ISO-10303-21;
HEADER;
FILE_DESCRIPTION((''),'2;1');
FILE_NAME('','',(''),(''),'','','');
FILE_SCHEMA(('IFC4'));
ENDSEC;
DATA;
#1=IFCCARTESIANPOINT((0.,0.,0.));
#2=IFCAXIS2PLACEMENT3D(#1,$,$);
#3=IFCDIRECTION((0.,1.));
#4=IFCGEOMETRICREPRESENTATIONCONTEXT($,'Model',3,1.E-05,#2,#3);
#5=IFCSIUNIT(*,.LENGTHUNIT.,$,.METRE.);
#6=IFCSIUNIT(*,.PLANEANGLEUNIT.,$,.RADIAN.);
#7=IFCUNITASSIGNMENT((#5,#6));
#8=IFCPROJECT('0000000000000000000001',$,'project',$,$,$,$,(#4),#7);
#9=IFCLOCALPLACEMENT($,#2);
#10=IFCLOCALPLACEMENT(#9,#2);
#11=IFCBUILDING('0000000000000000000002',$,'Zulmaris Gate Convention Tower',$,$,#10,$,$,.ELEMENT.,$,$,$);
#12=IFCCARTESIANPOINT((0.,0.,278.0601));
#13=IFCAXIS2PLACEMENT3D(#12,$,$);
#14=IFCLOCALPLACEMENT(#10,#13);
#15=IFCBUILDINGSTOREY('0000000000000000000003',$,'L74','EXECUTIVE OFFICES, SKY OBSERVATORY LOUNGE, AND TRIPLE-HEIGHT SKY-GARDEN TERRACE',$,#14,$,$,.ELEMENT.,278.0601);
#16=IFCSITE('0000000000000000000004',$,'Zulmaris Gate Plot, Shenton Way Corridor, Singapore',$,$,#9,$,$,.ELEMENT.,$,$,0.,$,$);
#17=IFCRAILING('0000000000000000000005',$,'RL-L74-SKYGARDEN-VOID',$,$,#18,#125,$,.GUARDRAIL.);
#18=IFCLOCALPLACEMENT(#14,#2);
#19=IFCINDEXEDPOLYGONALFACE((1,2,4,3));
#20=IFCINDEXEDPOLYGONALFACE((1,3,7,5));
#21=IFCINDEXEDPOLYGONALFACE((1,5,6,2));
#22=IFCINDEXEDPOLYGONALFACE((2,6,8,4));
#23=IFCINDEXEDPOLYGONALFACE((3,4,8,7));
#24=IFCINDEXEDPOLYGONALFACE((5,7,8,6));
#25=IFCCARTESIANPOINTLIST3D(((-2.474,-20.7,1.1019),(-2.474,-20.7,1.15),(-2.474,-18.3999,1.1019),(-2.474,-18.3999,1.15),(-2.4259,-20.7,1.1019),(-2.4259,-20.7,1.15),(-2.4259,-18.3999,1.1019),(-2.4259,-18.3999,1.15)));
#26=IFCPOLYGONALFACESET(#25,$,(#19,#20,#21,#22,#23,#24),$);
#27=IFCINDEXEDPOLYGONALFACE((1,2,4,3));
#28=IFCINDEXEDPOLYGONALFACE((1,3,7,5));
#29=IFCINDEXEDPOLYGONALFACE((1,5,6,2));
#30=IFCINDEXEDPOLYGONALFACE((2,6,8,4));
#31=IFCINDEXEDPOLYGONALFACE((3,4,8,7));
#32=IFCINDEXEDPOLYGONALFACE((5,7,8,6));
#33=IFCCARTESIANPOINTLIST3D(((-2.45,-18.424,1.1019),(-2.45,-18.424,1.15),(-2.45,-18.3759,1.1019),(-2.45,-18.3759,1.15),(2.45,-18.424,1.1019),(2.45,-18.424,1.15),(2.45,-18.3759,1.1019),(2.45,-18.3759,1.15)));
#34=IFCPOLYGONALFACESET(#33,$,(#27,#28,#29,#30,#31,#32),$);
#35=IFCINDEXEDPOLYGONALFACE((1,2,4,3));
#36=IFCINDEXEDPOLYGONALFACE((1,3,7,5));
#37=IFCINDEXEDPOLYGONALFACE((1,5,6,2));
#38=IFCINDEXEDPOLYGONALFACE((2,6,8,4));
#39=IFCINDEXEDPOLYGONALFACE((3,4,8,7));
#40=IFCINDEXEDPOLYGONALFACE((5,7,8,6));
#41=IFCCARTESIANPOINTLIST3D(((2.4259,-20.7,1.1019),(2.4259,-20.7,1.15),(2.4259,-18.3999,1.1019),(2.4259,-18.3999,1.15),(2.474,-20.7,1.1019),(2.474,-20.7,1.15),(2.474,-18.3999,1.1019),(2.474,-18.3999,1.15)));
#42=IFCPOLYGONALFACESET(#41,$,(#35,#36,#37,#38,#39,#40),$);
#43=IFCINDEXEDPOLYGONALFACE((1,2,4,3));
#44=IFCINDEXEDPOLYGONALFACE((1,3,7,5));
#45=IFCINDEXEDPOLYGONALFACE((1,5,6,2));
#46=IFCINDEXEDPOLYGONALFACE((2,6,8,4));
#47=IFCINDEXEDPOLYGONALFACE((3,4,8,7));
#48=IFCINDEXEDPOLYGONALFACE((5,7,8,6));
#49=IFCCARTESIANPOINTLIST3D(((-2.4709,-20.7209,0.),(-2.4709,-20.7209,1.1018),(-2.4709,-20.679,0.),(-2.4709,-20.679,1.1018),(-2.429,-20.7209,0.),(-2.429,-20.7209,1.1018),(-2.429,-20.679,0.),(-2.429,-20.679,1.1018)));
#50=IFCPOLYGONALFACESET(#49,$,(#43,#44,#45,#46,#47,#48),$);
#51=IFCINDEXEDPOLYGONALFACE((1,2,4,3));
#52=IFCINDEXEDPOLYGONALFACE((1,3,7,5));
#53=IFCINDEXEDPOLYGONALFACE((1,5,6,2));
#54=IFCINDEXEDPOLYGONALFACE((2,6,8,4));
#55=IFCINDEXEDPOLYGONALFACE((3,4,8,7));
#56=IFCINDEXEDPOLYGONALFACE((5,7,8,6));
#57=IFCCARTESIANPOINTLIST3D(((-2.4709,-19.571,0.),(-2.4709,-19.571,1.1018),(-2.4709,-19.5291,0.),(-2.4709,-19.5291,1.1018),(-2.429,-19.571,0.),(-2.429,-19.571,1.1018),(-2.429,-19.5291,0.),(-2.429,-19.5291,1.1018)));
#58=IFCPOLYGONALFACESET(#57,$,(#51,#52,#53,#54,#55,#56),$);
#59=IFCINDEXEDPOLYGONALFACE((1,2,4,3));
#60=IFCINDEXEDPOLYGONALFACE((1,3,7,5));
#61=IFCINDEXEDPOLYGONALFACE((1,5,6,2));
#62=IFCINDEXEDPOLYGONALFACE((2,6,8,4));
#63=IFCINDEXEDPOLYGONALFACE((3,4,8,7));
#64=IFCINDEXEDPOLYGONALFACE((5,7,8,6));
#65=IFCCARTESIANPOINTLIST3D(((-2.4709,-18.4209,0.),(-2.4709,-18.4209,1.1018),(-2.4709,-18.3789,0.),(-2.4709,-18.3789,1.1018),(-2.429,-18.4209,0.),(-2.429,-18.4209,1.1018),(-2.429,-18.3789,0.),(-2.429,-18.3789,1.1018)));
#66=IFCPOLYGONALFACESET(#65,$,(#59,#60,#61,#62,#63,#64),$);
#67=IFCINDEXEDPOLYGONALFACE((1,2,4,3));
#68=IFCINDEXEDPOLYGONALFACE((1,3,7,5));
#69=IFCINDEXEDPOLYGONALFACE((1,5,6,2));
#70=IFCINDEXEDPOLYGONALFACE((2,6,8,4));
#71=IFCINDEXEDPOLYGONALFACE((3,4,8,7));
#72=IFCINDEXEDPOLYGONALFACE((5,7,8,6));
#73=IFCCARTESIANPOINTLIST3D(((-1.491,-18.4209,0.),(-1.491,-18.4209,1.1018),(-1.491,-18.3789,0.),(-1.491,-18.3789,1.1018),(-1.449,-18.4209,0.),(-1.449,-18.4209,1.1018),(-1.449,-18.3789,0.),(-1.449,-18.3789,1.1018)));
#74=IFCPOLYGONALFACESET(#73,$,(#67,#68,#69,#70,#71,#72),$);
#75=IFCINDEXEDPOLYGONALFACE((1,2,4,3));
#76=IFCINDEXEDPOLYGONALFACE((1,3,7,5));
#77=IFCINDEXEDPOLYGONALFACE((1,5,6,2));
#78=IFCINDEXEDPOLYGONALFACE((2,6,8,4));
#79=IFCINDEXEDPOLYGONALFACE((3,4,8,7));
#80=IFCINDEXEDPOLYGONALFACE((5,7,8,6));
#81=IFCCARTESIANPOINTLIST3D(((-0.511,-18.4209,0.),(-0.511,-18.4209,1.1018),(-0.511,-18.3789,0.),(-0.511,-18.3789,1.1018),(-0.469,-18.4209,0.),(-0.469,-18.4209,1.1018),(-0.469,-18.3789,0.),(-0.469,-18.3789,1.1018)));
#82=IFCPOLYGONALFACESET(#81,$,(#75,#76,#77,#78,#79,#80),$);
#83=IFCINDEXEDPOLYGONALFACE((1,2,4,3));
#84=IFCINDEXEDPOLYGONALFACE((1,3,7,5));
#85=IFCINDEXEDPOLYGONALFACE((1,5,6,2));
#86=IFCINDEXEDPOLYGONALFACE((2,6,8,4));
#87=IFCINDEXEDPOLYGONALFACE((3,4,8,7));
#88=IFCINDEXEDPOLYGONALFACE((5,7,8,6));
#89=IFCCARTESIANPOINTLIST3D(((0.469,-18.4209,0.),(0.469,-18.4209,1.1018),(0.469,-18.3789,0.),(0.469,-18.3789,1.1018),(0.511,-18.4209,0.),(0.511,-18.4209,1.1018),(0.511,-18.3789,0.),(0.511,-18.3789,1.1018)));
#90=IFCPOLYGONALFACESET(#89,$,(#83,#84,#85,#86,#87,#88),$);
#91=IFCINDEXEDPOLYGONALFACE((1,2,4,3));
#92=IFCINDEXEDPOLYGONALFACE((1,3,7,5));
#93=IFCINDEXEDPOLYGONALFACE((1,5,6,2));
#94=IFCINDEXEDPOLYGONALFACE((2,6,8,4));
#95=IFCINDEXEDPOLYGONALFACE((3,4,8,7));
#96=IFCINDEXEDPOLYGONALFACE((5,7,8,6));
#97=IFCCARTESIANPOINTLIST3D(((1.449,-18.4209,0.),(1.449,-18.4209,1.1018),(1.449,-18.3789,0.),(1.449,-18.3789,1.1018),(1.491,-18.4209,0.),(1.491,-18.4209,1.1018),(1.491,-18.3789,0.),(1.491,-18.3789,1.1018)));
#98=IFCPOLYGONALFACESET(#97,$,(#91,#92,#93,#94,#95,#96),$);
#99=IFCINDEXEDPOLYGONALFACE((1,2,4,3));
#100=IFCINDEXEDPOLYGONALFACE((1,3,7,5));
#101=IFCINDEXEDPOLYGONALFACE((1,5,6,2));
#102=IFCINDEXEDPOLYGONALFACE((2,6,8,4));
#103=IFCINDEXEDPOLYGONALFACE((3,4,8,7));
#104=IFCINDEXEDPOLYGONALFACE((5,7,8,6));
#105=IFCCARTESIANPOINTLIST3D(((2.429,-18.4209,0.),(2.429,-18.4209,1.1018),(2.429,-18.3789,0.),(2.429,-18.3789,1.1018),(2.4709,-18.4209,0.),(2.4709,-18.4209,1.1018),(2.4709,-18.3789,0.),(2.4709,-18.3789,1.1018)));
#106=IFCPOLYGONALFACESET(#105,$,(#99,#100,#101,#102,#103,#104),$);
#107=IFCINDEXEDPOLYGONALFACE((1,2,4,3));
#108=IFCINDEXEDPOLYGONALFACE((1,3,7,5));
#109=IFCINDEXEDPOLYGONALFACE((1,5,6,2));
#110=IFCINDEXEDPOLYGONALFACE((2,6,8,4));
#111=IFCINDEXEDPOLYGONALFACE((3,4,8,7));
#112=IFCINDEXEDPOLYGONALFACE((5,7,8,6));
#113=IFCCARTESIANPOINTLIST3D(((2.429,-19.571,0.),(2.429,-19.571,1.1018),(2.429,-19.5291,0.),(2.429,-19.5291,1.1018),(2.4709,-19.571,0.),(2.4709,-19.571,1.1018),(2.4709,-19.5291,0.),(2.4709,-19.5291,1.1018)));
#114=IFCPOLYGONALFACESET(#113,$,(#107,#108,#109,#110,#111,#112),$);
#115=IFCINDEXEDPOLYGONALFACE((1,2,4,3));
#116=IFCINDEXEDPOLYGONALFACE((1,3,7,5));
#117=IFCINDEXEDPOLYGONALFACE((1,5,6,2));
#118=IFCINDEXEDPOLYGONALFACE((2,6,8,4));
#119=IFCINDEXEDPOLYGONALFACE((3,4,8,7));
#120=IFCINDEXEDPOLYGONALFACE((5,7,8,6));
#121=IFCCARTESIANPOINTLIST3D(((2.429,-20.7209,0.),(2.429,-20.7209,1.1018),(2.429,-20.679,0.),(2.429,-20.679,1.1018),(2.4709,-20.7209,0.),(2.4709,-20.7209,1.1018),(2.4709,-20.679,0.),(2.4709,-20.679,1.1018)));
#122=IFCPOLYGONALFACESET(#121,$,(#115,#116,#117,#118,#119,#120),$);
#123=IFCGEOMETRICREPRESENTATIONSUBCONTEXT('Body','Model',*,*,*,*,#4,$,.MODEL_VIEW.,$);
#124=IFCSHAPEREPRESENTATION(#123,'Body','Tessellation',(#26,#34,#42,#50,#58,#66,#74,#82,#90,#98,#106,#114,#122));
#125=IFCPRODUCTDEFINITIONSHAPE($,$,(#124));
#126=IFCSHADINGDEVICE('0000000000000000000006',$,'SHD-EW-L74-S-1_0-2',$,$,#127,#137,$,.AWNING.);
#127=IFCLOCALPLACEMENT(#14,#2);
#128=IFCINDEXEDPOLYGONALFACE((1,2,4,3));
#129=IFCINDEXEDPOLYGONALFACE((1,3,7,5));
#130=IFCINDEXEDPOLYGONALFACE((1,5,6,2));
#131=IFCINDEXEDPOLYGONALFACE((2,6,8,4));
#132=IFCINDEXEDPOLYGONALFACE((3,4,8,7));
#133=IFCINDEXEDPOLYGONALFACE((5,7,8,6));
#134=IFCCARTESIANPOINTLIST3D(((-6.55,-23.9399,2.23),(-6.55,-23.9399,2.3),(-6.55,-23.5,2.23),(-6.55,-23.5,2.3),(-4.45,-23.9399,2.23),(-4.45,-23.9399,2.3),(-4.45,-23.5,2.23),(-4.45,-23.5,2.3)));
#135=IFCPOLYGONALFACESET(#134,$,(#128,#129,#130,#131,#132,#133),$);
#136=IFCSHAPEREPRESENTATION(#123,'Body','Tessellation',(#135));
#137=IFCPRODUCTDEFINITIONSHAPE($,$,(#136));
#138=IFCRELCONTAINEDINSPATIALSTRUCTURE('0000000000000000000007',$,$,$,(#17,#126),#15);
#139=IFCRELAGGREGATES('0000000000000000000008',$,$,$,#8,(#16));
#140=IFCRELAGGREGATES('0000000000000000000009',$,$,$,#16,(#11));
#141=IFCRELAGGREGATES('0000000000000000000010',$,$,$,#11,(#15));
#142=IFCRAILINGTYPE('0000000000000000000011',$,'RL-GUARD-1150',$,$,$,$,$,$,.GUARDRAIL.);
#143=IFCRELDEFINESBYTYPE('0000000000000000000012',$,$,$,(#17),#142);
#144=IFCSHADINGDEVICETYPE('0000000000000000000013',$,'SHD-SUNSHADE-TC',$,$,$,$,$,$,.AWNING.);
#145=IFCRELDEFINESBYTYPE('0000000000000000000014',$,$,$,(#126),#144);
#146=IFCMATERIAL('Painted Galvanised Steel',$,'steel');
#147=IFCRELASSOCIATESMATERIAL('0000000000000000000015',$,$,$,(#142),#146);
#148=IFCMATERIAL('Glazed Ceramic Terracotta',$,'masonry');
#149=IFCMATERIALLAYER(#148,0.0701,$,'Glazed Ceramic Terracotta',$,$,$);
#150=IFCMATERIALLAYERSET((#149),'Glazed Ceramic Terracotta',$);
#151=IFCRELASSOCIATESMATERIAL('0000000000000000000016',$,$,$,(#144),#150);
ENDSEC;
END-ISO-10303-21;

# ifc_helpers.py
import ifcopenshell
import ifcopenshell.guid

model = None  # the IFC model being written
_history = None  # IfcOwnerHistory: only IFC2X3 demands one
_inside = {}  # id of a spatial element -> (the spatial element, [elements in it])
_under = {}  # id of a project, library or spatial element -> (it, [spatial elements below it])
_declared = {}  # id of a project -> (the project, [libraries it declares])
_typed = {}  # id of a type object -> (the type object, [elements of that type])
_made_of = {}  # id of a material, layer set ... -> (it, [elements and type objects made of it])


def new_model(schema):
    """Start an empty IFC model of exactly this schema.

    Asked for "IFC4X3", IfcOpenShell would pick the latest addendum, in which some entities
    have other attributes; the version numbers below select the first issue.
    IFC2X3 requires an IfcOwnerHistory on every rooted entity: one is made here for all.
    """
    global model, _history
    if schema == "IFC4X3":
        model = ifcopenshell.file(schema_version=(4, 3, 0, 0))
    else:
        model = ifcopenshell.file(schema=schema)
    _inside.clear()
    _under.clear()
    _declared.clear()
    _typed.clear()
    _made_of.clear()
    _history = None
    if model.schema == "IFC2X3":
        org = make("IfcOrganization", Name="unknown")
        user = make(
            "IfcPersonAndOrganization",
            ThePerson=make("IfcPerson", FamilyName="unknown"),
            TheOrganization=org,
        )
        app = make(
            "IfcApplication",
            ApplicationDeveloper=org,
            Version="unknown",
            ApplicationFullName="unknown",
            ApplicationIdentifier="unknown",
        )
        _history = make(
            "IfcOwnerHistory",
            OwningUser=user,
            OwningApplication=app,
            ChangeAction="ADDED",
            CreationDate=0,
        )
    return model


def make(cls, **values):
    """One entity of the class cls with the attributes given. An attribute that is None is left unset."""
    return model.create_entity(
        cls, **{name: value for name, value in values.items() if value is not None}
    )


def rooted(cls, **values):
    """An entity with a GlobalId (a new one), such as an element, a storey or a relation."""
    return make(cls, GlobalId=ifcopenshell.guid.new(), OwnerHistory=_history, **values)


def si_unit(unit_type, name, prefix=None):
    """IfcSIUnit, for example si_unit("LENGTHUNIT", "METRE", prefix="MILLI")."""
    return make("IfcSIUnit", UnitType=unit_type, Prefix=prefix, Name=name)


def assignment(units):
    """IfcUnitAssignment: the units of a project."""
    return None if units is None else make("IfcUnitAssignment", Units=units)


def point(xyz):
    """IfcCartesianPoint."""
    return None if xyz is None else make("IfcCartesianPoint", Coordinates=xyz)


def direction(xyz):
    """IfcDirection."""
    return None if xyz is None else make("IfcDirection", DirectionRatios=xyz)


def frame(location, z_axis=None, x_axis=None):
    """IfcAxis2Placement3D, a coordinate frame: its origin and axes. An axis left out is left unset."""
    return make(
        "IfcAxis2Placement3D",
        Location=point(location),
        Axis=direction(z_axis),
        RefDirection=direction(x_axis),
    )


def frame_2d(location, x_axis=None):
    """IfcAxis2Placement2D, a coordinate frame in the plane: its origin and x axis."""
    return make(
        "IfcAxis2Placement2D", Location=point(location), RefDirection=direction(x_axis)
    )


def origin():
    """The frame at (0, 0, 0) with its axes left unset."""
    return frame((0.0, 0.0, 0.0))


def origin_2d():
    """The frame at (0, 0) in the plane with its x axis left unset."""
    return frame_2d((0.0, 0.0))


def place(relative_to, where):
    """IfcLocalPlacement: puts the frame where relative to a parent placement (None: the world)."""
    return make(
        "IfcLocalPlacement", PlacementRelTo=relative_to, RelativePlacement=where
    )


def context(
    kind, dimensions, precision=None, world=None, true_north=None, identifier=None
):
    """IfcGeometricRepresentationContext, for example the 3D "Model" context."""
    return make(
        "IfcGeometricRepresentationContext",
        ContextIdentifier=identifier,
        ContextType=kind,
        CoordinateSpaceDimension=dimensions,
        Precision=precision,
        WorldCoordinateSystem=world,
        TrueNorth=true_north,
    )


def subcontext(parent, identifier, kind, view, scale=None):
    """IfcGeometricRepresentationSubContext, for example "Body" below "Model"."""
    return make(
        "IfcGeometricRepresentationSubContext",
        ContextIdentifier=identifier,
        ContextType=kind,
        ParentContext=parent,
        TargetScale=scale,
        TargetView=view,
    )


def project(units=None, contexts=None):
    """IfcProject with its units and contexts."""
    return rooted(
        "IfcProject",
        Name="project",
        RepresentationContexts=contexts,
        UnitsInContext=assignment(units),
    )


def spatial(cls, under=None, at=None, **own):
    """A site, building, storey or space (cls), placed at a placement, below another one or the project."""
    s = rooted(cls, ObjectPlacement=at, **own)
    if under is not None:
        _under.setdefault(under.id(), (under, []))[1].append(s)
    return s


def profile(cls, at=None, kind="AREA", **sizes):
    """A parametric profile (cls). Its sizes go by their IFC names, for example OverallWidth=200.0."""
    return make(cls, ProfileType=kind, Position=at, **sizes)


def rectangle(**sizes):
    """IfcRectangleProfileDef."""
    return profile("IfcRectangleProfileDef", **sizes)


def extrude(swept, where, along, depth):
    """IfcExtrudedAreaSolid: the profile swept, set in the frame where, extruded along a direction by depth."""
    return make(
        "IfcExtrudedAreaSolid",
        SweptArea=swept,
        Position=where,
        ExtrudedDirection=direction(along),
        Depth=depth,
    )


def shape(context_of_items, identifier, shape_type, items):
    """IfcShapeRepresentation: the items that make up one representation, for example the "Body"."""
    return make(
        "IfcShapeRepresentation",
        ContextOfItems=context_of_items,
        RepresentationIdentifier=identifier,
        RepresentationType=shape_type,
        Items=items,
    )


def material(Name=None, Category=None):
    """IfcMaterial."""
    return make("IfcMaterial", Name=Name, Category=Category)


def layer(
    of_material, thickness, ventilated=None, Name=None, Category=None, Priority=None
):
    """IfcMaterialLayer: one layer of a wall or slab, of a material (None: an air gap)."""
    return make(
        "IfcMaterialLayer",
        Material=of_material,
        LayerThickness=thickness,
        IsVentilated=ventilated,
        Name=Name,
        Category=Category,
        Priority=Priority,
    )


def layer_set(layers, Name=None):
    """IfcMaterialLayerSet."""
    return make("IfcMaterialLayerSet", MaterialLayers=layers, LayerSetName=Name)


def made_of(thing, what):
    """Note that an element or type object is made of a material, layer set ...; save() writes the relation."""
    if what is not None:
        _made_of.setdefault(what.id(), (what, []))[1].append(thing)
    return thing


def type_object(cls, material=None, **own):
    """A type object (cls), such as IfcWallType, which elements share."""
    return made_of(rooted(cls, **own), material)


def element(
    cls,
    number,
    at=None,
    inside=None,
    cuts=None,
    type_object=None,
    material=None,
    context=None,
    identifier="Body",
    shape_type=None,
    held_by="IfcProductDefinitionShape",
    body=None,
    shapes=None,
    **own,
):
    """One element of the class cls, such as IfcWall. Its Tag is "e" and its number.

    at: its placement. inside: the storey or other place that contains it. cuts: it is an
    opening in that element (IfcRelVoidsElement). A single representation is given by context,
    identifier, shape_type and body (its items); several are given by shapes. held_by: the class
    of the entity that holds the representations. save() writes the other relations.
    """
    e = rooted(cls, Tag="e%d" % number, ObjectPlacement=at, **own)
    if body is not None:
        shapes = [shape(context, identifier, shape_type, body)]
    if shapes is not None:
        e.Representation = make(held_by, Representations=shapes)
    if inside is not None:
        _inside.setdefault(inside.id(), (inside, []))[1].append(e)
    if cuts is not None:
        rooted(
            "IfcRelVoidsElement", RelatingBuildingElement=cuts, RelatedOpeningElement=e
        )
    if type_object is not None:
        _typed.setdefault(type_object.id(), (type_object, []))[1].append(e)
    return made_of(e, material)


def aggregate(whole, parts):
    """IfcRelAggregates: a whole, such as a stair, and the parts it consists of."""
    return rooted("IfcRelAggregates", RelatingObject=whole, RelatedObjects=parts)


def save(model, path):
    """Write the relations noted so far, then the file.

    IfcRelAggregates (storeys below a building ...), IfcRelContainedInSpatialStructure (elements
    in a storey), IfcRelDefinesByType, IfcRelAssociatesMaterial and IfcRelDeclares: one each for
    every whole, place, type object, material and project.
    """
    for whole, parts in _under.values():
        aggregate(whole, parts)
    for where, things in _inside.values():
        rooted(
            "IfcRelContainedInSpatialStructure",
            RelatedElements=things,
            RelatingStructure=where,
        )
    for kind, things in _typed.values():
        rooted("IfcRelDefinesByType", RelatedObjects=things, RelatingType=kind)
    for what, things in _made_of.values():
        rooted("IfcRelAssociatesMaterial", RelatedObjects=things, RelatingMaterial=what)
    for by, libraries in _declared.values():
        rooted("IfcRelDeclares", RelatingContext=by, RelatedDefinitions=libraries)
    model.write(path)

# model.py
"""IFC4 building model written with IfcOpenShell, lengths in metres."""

from ifc_helpers import new_model, si_unit, direction, frame, frame_2d, origin, origin_2d, place, context, subcontext, project, spatial, rectangle, extrude, material, layer, layer_set, type_object, element, save


model = new_model("IFC4")

# Units and contexts
model_context = context("Model", 3, precision=1e-05, world=origin(), true_north=direction((0.0, 1.0)))
body_context = subcontext(model_context, "Body", "Model", "MODEL_VIEW")
ifc_project = project(units=[si_unit("LENGTHUNIT", "METRE"), si_unit("PLANEANGLEUNIT", "RADIAN")], contexts=[model_context])

# Site, building, storey
site_placement = place(None, origin())
site = spatial("IfcSite", under=ifc_project, at=site_placement, Name="Zulmaris Gate Plot, Shenton Way Corridor, Singapore", CompositionType="ELEMENT", RefElevation=0.0)
building_placement = place(site_placement, origin())
building = spatial("IfcBuilding", under=site, at=building_placement, Name="Zulmaris Gate Convention Tower", CompositionType="ELEMENT")
storey_placement = place(building_placement, frame((0.0, 0.0, 278.0601)))
storey = spatial("IfcBuildingStorey", under=building, at=storey_placement, Name="L74", Description="EXECUTIVE OFFICES, SKY OBSERVATORY LOUNGE, AND TRIPLE-HEIGHT SKY-GARDEN TERRACE", CompositionType="ELEMENT", Elevation=278.0601)

# Railing
ifc_material_1 = material(Name="Painted Galvanised Steel", Category="steel")
railing_type = type_object("IfcRailingType", Name="RL-GUARD-1150", PredefinedType="GUARDRAIL", material=ifc_material_1)
railing_placement = place(storey_placement, frame((-2.45, -20.7, 0.0)))
element("IfcRailing", 1, at=railing_placement, inside=storey, type_object=railing_type, Name="RL-L74-SKYGARDEN-VOID", PredefinedType="GUARDRAIL", context=body_context, shape_type="SweptSolid", body=[
    extrude(rectangle(XDim=0.0481, YDim=0.0481, at=origin_2d()), frame((0.0, 0.0, 1.126), z_axis=(0.0, 1.0, 0.0), x_axis=(-1.0, 0.0, 0.0)), (0.0, 0.0, 1.0), 2.3),
    extrude(rectangle(XDim=0.0481, YDim=0.0481, at=origin_2d()), frame((0.0, 2.3, 1.126), z_axis=(1.0, 0.0, 0.0), x_axis=(0.0, 1.0, 0.0)), (0.0, 0.0, 1.0), 4.8999),
    extrude(rectangle(XDim=0.0481, YDim=0.0481, at=origin_2d()), frame((4.8999, 2.3, 1.126), z_axis=(0.0, -1.0, 0.0), x_axis=(1.0, 0.0, 0.0)), (0.0, 0.0, 1.0), 2.3),
    extrude(rectangle(XDim=0.042, YDim=0.042, at=origin_2d()), origin(), (0.0, 0.0, 1.0), 1.1018),
    extrude(rectangle(XDim=0.042, YDim=0.042, at=origin_2d()), frame((0.0, 1.1499, 0.0)), (0.0, 0.0, 1.0), 1.1018),
    extrude(rectangle(XDim=0.042, YDim=0.042, at=origin_2d()), frame((0.0, 2.3, 0.0)), (0.0, 0.0, 1.0), 1.1018),
    extrude(rectangle(XDim=0.042, YDim=0.042, at=origin_2d()), frame((0.98, 2.3, 0.0)), (0.0, 0.0, 1.0), 1.1018),
    extrude(rectangle(XDim=0.042, YDim=0.042, at=origin_2d()), frame((1.96, 2.3, 0.0)), (0.0, 0.0, 1.0), 1.1018),
    extrude(rectangle(XDim=0.042, YDim=0.042, at=origin_2d()), frame((2.9399, 2.3, 0.0)), (0.0, 0.0, 1.0), 1.1018),
    extrude(rectangle(XDim=0.042, YDim=0.042, at=origin_2d()), frame((3.9199, 2.3, 0.0)), (0.0, 0.0, 1.0), 1.1018),
    extrude(rectangle(XDim=0.042, YDim=0.042, at=origin_2d()), frame((4.8999, 2.3, 0.0)), (0.0, 0.0, 1.0), 1.1018),
    extrude(rectangle(XDim=0.042, YDim=0.042, at=origin_2d()), frame((4.8999, 1.1499, 0.0)), (0.0, 0.0, 1.0), 1.1018),
    extrude(rectangle(XDim=0.042, YDim=0.042, at=origin_2d()), frame((4.8999, 0.0, 0.0)), (0.0, 0.0, 1.0), 1.1018),
])

# Shading device
ifc_material_2 = material(Name="Glazed Ceramic Terracotta", Category="masonry")
ifc_layer_1 = layer(ifc_material_2, 0.0701, Name="Glazed Ceramic Terracotta")
ifc_layer_set_1 = layer_set([ifc_layer_1], Name="Glazed Ceramic Terracotta")
shading_device_type = type_object("IfcShadingDeviceType", Name="SHD-SUNSHADE-TC", PredefinedType="AWNING", material=ifc_layer_set_1)
shading_device_placement = place(storey_placement, frame((-6.55, -23.72, 2.23), z_axis=(0.0, 0.0, 1.0), x_axis=(1.0, 0.0, 0.0)))
element("IfcShadingDevice", 2, at=shading_device_placement, inside=storey, type_object=shading_device_type, Name="SHD-EW-L74-S-1_0-2", PredefinedType="AWNING", context=body_context, shape_type="SweptSolid", body=[
    extrude(rectangle(XDim=2.1001, YDim=0.4399, at=frame_2d((1.05, 0.0))), origin(), (0.0, 0.0, 1.0), 0.0701),
])

save(model, "model.ifc")
